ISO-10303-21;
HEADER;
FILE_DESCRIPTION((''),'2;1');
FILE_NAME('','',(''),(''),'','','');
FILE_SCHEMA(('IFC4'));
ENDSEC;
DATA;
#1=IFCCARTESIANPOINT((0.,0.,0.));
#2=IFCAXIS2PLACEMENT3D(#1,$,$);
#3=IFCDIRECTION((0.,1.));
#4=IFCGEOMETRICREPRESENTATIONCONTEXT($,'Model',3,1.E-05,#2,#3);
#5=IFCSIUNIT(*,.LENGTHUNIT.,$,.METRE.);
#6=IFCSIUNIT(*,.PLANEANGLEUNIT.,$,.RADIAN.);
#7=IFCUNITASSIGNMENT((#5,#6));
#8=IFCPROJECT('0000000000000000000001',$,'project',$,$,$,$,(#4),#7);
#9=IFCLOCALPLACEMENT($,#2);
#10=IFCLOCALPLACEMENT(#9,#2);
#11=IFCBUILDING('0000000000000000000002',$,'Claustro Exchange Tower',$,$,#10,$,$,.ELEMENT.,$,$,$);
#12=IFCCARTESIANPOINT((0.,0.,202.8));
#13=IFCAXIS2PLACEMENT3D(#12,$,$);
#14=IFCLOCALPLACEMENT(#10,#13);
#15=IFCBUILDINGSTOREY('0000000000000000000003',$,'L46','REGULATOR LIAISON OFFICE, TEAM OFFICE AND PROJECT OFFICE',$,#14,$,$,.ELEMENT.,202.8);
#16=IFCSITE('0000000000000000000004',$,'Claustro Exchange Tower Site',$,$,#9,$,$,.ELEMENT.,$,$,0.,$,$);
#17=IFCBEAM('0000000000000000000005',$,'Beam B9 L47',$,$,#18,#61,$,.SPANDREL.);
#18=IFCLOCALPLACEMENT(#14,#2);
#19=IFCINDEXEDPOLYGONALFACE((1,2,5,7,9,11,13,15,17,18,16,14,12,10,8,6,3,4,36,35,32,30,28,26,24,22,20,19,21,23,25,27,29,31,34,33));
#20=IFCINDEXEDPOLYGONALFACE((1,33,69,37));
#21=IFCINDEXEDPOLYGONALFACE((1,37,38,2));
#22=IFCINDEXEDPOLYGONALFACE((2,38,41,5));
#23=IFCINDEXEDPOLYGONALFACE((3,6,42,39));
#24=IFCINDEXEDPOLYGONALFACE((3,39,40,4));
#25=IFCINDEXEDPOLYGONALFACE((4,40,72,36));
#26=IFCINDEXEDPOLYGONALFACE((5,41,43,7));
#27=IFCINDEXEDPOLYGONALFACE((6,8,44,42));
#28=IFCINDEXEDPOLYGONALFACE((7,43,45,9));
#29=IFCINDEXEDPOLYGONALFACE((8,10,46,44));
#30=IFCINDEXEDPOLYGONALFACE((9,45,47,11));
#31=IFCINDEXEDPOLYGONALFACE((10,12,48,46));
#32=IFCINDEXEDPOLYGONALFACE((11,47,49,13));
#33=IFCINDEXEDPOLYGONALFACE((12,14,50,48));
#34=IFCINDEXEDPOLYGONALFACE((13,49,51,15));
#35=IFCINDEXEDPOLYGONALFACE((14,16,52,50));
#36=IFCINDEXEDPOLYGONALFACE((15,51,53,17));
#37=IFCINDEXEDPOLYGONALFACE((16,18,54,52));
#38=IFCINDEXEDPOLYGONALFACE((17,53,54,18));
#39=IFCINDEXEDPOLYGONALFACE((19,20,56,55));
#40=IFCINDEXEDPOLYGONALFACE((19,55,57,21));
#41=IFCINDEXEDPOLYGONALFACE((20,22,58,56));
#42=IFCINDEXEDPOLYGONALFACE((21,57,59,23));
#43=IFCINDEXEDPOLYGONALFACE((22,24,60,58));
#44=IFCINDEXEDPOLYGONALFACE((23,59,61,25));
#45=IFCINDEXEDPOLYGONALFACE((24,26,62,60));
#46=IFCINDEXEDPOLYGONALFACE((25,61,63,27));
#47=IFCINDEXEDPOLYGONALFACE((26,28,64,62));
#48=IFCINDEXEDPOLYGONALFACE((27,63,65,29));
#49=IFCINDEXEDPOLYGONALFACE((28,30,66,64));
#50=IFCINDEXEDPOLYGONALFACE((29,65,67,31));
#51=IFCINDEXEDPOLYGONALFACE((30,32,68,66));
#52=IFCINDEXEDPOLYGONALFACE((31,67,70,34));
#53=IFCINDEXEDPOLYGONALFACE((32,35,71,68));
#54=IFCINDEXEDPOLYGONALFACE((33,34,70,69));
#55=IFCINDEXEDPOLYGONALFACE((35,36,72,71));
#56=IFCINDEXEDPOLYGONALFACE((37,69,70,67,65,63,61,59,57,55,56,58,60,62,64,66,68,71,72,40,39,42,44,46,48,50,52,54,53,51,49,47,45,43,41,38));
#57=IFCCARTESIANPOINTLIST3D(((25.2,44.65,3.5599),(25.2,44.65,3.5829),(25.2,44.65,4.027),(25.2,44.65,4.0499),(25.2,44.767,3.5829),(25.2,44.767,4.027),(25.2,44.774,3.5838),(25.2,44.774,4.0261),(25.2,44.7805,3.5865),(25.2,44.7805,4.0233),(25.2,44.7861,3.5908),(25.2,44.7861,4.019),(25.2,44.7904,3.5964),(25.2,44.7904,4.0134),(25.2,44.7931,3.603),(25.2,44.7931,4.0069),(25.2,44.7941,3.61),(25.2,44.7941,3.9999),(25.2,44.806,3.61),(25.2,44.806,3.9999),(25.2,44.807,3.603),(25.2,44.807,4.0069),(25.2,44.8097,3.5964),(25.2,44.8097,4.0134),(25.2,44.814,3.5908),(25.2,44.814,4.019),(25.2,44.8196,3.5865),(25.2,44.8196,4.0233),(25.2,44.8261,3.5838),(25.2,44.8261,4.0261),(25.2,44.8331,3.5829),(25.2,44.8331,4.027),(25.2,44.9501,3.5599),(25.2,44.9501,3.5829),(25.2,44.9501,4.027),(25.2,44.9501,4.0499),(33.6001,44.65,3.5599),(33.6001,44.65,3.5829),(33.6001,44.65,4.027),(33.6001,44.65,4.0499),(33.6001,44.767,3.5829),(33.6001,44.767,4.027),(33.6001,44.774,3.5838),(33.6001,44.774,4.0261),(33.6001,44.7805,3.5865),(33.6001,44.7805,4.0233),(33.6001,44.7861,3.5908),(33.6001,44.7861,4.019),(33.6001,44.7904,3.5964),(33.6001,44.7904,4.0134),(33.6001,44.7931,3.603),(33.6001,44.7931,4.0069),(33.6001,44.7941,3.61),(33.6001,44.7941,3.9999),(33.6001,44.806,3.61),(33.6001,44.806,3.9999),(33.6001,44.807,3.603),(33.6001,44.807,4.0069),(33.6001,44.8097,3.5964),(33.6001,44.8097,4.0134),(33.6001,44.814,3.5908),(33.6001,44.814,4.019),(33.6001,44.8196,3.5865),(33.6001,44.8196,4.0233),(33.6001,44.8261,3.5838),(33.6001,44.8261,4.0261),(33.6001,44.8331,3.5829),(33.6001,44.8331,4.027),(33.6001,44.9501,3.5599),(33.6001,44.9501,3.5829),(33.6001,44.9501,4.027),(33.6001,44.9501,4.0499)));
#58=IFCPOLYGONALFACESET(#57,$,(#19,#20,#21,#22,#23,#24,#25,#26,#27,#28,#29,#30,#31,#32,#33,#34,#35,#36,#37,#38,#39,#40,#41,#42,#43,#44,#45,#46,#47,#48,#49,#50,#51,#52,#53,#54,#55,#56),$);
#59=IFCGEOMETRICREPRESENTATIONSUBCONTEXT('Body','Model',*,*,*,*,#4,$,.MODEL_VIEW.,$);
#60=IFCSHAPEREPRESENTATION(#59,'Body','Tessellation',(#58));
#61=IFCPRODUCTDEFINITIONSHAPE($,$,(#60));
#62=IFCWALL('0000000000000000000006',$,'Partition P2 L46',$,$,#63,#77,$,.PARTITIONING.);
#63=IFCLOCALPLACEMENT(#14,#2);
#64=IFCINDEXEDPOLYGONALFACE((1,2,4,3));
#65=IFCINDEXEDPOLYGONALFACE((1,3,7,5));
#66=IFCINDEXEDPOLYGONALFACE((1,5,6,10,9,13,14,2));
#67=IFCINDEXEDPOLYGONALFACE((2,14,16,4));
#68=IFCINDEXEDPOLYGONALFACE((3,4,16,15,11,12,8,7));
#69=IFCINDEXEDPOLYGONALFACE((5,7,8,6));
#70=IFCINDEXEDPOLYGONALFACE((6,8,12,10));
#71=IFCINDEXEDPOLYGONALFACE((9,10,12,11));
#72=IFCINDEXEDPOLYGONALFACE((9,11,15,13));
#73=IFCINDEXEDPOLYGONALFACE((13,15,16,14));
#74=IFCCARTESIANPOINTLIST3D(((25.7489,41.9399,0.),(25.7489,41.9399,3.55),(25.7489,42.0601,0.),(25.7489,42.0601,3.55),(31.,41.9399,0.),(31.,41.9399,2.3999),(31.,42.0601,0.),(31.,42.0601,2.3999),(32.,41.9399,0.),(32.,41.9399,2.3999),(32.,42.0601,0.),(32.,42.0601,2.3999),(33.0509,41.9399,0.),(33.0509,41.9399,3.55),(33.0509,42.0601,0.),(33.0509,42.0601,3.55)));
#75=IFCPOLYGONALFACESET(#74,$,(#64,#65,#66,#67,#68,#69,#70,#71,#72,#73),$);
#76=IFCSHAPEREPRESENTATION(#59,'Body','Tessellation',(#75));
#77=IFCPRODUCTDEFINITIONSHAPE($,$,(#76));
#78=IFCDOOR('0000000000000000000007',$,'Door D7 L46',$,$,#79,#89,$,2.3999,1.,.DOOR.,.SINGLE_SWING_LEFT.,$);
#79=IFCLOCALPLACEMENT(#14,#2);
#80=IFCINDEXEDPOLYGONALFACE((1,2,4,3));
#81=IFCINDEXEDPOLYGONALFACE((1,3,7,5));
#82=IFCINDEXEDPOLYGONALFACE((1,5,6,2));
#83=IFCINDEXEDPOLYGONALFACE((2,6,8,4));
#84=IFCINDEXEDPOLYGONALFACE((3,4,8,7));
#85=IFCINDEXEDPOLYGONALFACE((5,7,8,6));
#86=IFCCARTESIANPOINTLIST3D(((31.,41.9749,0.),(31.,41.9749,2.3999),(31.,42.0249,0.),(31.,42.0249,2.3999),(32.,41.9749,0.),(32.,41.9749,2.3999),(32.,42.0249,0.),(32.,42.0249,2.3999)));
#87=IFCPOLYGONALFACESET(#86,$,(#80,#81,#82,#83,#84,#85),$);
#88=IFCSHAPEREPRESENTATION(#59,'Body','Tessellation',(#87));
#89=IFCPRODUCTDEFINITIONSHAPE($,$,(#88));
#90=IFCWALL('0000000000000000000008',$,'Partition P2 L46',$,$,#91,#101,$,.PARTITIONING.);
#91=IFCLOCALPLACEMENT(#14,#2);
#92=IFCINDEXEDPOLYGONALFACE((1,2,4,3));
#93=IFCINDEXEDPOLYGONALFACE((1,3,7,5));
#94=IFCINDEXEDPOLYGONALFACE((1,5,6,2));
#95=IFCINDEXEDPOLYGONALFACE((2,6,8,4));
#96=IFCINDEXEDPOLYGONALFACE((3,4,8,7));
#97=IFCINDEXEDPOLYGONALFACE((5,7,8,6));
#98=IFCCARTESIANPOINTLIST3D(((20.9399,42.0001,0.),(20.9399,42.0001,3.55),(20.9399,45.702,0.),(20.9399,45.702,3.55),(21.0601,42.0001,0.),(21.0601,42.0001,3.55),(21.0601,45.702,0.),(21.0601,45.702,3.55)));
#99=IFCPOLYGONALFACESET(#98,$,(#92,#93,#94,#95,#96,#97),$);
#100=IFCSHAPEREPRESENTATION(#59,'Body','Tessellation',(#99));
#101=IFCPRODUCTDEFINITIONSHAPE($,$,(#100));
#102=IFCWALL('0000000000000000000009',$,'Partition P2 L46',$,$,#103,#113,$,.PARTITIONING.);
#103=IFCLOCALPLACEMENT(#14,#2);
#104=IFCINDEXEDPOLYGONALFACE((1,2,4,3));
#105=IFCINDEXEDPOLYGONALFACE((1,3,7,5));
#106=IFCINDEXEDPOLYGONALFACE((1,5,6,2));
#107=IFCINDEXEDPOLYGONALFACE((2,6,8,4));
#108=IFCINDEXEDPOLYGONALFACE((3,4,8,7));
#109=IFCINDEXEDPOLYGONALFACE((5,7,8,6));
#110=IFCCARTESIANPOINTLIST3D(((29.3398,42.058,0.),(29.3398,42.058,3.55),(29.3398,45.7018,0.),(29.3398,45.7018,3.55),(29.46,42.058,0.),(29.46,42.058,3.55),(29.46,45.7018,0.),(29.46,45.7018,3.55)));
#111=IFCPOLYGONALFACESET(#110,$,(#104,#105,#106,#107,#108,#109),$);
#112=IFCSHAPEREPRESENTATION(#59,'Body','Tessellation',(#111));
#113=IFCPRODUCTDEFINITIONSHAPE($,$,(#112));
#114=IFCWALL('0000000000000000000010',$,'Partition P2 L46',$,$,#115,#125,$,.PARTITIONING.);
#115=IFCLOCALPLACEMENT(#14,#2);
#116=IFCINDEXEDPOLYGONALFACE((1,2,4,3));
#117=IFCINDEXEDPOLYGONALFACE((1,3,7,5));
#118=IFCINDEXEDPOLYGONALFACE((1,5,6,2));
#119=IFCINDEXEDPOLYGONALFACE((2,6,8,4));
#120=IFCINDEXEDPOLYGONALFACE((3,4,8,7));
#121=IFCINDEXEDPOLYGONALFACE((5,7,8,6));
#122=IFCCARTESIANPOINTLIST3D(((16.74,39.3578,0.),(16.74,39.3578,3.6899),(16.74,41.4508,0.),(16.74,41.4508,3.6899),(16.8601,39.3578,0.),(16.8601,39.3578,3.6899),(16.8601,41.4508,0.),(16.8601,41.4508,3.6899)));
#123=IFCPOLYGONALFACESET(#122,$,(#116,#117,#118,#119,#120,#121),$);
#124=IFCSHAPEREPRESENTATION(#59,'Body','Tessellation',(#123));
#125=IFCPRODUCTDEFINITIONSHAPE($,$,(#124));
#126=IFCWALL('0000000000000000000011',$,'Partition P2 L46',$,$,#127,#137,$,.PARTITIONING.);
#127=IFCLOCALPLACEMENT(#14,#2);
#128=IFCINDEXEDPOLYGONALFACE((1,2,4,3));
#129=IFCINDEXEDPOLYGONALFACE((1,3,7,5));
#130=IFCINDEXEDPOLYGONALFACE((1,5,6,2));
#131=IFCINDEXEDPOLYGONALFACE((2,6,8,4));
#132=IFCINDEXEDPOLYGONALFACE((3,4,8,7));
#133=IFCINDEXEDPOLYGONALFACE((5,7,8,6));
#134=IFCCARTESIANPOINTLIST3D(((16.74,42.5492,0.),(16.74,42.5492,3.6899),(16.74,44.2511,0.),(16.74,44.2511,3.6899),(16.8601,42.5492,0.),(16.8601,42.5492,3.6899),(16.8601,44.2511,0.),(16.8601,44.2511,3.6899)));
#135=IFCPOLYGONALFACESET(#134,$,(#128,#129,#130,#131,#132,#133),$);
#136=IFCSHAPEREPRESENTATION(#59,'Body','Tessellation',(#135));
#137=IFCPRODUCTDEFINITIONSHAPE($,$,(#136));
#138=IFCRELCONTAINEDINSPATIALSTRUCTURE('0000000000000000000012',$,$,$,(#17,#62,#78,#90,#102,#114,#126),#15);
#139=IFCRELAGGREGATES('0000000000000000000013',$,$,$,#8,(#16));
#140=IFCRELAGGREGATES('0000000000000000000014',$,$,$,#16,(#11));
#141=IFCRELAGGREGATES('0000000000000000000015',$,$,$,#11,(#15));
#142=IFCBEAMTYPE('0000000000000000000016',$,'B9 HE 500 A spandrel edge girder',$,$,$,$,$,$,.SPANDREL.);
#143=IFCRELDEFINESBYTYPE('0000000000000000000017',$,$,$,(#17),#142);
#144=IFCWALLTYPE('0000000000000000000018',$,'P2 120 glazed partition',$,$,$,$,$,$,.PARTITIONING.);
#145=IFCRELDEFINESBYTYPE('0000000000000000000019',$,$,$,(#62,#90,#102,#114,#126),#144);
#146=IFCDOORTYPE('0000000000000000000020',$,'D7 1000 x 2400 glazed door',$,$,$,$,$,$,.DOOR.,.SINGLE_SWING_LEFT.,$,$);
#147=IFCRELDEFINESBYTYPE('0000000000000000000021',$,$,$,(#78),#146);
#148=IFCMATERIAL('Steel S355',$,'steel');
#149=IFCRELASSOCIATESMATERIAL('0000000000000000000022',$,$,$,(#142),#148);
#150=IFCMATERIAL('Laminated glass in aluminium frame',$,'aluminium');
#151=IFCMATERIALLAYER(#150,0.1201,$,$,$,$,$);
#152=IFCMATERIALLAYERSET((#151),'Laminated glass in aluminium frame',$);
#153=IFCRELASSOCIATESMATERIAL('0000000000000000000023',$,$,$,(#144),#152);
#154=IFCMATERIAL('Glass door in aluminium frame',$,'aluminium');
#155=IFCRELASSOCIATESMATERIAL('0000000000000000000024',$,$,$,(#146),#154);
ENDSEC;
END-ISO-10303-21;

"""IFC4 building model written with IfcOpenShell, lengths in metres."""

from ifc_helpers import new_model, si_unit, direction, frame, frame_2d, origin, origin_2d, place, context, subcontext, project, spatial, rectangle, i_section, extrude, material, layer, layer_set, material_profile, profile_set, type_object, element, fill, save


model = new_model("IFC4")

# Units and contexts
model_context = context("Model", 3, precision=1e-05, world=origin(), true_north=direction((0.0, 1.0)))
body_context = subcontext(model_context, "Body", "Model", "MODEL_VIEW")
ifc_project = project(units=[si_unit("LENGTHUNIT", "METRE"), si_unit("PLANEANGLEUNIT", "RADIAN")], contexts=[model_context])

# Site, building, storey
site_placement = place(None, origin())
site = spatial("IfcSite", under=ifc_project, at=site_placement, Name="Claustro Exchange Tower Site", CompositionType="ELEMENT", RefElevation=0.0)
building_placement = place(site_placement, origin())
building = spatial("IfcBuilding", under=site, at=building_placement, Name="Claustro Exchange Tower", CompositionType="ELEMENT")
storey_placement = place(building_placement, frame((0.0, 0.0, 202.8)))
storey = spatial("IfcBuildingStorey", under=building, at=storey_placement, Name="L46", Description="REGULATOR LIAISON OFFICE, TEAM OFFICE AND PROJECT OFFICE", CompositionType="ELEMENT", Elevation=202.8)

# Beam
ifc_material_1 = material(Name="Steel S355", Category="steel")
ifc_material_profile_1 = material_profile(ifc_material_1, i_section(OverallWidth=0.3, OverallDepth=0.49, WebThickness=0.012, FlangeThickness=0.0229, FilletRadius=0.0271, at=origin_2d()), Name="HE 500 A")
ifc_profile_set_1 = profile_set([ifc_material_profile_1], Name="Steel S355")
beam_type_1 = type_object("IfcBeamType", Name="B9 HE 500 A spandrel edge girder", PredefinedType="SPANDREL", material=ifc_profile_set_1)
beam_1_placement = place(storey_placement, frame((25.2, 44.8, 3.8049), z_axis=(1.0, 0.0, 0.0), x_axis=(0.0, 1.0, 0.0)))
element("IfcBeam", 1, at=beam_1_placement, inside=storey, type_object=beam_type_1, Name="Beam B9 L47", PredefinedType="SPANDREL", context=body_context, shape_type="SweptSolid", body=[
    extrude(i_section(OverallWidth=0.3, OverallDepth=0.49, WebThickness=0.012, FlangeThickness=0.0229, FilletRadius=0.0271, at=origin_2d()), origin(), (0.0, 0.0, 1.0), 8.4001),
])

# Wall, opening, door
ifc_material_2 = material(Name="Laminated glass in aluminium frame", Category="aluminium")
ifc_layer_1 = layer(ifc_material_2, 0.1201)
ifc_layer_set_1 = layer_set([ifc_layer_1], Name="Laminated glass in aluminium frame")
wall_type_1 = type_object("IfcWallType", Name="P2 120 glazed partition", PredefinedType="PARTITIONING", material=ifc_layer_set_1)
ifc_material_3 = material(Name="Glass door in aluminium frame", Category="aluminium")
door_type = type_object("IfcDoorType", Name="D7 1000 x 2400 glazed door", OperationType="SINGLE_SWING_LEFT", PredefinedType="DOOR", material=ifc_material_3)
wall_1_placement = place(storey_placement, frame((25.749, 42.0, 0.0), z_axis=(0.0, 0.0, 1.0), x_axis=(1.0, 0.0, 0.0)))
wall_1 = element("IfcWall", 2, at=wall_1_placement, inside=storey, type_object=wall_type_1, Name="Partition P2 L46", PredefinedType="PARTITIONING", context=body_context, shape_type="SweptSolid", body=[
    extrude(rectangle(XDim=7.302, YDim=0.1201, at=frame_2d((3.6509, 0.0))), origin(), (0.0, 0.0, 1.0), 3.55),
])
opening_1_placement = place(wall_1_placement, frame((5.251, 0.0, 0.0)))
opening_1 = element("IfcOpeningElement", 3, at=opening_1_placement, cuts=wall_1, PredefinedType="OPENING", context=body_context, shape_type="SweptSolid", body=[
    extrude(rectangle(XDim=1.0, YDim=2.3999, at=frame_2d((0.5, 1.2))), frame((0.0, 0.0701, 0.0), z_axis=(0.0, -1.0, 0.0), x_axis=(1.0, 0.0, 0.0)), (0.0, 0.0, 1.0), 0.1401),
])
door_1_placement = place(opening_1_placement, origin())
door_1 = element("IfcDoor", 4, at=door_1_placement, inside=storey, type_object=door_type, Name="Door D7 L46", OperationType="SINGLE_SWING_LEFT", OverallHeight=2.3999, OverallWidth=1.0, PredefinedType="DOOR", context=body_context, shape_type="SweptSolid", body=[
    extrude(rectangle(XDim=1.0, YDim=2.3999, at=frame_2d((0.5, 1.2))), frame((0.0, 0.0249, 0.0), z_axis=(0.0, -1.0, 0.0), x_axis=(1.0, 0.0, 0.0)), (0.0, 0.0, 1.0), 0.05),
])
fill(opening_1, door_1)

# Walls
wall_2_placement = place(storey_placement, frame((21.0, 42.0, 0.0), z_axis=(0.0, 0.0, 1.0), x_axis=(0.0, 1.0, 0.0)))
element("IfcWall", 5, at=wall_2_placement, inside=storey, type_object=wall_type_1, Name="Partition P2 L46", PredefinedType="PARTITIONING", context=body_context, shape_type="SweptSolid", body=[
    extrude(rectangle(XDim=3.7019, YDim=0.1201, at=frame_2d((1.8511, 0.0))), origin(), (0.0, 0.0, 1.0), 3.55),
])
wall_3_placement = place(storey_placement, frame((29.3999, 42.0581, 0.0), z_axis=(0.0, 0.0, 1.0), x_axis=(0.0, 1.0, 0.0)))
element("IfcWall", 6, at=wall_3_placement, inside=storey, type_object=wall_type_1, Name="Partition P2 L46", PredefinedType="PARTITIONING", context=body_context, shape_type="SweptSolid", body=[
    extrude(rectangle(XDim=3.6438, YDim=0.1201, at=frame_2d((1.8218, 0.0))), origin(), (0.0, 0.0, 1.0), 3.55),
])
wall_4_placement = place(storey_placement, frame((16.8, 39.3579, 0.0), z_axis=(0.0, 0.0, 1.0), x_axis=(0.0, 1.0, 0.0)))
element("IfcWall", 7, at=wall_4_placement, inside=storey, type_object=wall_type_1, Name="Partition P2 L46", PredefinedType="PARTITIONING", context=body_context, shape_type="SweptSolid", body=[
    extrude(rectangle(XDim=2.093, YDim=0.1201, at=frame_2d((1.0464, 0.0))), origin(), (0.0, 0.0, 1.0), 3.6899),
])
wall_5_placement = place(storey_placement, frame((16.8, 42.5491, 0.0), z_axis=(0.0, 0.0, 1.0), x_axis=(0.0, 1.0, 0.0)))
element("IfcWall", 8, at=wall_5_placement, inside=storey, type_object=wall_type_1, Name="Partition P2 L46", PredefinedType="PARTITIONING", context=body_context, shape_type="SweptSolid", body=[
    extrude(rectangle(XDim=1.7019, YDim=0.1201, at=frame_2d((0.8511, 0.0))), origin(), (0.0, 0.0, 1.0), 3.6899),
])

save(model, "model.ifc")
